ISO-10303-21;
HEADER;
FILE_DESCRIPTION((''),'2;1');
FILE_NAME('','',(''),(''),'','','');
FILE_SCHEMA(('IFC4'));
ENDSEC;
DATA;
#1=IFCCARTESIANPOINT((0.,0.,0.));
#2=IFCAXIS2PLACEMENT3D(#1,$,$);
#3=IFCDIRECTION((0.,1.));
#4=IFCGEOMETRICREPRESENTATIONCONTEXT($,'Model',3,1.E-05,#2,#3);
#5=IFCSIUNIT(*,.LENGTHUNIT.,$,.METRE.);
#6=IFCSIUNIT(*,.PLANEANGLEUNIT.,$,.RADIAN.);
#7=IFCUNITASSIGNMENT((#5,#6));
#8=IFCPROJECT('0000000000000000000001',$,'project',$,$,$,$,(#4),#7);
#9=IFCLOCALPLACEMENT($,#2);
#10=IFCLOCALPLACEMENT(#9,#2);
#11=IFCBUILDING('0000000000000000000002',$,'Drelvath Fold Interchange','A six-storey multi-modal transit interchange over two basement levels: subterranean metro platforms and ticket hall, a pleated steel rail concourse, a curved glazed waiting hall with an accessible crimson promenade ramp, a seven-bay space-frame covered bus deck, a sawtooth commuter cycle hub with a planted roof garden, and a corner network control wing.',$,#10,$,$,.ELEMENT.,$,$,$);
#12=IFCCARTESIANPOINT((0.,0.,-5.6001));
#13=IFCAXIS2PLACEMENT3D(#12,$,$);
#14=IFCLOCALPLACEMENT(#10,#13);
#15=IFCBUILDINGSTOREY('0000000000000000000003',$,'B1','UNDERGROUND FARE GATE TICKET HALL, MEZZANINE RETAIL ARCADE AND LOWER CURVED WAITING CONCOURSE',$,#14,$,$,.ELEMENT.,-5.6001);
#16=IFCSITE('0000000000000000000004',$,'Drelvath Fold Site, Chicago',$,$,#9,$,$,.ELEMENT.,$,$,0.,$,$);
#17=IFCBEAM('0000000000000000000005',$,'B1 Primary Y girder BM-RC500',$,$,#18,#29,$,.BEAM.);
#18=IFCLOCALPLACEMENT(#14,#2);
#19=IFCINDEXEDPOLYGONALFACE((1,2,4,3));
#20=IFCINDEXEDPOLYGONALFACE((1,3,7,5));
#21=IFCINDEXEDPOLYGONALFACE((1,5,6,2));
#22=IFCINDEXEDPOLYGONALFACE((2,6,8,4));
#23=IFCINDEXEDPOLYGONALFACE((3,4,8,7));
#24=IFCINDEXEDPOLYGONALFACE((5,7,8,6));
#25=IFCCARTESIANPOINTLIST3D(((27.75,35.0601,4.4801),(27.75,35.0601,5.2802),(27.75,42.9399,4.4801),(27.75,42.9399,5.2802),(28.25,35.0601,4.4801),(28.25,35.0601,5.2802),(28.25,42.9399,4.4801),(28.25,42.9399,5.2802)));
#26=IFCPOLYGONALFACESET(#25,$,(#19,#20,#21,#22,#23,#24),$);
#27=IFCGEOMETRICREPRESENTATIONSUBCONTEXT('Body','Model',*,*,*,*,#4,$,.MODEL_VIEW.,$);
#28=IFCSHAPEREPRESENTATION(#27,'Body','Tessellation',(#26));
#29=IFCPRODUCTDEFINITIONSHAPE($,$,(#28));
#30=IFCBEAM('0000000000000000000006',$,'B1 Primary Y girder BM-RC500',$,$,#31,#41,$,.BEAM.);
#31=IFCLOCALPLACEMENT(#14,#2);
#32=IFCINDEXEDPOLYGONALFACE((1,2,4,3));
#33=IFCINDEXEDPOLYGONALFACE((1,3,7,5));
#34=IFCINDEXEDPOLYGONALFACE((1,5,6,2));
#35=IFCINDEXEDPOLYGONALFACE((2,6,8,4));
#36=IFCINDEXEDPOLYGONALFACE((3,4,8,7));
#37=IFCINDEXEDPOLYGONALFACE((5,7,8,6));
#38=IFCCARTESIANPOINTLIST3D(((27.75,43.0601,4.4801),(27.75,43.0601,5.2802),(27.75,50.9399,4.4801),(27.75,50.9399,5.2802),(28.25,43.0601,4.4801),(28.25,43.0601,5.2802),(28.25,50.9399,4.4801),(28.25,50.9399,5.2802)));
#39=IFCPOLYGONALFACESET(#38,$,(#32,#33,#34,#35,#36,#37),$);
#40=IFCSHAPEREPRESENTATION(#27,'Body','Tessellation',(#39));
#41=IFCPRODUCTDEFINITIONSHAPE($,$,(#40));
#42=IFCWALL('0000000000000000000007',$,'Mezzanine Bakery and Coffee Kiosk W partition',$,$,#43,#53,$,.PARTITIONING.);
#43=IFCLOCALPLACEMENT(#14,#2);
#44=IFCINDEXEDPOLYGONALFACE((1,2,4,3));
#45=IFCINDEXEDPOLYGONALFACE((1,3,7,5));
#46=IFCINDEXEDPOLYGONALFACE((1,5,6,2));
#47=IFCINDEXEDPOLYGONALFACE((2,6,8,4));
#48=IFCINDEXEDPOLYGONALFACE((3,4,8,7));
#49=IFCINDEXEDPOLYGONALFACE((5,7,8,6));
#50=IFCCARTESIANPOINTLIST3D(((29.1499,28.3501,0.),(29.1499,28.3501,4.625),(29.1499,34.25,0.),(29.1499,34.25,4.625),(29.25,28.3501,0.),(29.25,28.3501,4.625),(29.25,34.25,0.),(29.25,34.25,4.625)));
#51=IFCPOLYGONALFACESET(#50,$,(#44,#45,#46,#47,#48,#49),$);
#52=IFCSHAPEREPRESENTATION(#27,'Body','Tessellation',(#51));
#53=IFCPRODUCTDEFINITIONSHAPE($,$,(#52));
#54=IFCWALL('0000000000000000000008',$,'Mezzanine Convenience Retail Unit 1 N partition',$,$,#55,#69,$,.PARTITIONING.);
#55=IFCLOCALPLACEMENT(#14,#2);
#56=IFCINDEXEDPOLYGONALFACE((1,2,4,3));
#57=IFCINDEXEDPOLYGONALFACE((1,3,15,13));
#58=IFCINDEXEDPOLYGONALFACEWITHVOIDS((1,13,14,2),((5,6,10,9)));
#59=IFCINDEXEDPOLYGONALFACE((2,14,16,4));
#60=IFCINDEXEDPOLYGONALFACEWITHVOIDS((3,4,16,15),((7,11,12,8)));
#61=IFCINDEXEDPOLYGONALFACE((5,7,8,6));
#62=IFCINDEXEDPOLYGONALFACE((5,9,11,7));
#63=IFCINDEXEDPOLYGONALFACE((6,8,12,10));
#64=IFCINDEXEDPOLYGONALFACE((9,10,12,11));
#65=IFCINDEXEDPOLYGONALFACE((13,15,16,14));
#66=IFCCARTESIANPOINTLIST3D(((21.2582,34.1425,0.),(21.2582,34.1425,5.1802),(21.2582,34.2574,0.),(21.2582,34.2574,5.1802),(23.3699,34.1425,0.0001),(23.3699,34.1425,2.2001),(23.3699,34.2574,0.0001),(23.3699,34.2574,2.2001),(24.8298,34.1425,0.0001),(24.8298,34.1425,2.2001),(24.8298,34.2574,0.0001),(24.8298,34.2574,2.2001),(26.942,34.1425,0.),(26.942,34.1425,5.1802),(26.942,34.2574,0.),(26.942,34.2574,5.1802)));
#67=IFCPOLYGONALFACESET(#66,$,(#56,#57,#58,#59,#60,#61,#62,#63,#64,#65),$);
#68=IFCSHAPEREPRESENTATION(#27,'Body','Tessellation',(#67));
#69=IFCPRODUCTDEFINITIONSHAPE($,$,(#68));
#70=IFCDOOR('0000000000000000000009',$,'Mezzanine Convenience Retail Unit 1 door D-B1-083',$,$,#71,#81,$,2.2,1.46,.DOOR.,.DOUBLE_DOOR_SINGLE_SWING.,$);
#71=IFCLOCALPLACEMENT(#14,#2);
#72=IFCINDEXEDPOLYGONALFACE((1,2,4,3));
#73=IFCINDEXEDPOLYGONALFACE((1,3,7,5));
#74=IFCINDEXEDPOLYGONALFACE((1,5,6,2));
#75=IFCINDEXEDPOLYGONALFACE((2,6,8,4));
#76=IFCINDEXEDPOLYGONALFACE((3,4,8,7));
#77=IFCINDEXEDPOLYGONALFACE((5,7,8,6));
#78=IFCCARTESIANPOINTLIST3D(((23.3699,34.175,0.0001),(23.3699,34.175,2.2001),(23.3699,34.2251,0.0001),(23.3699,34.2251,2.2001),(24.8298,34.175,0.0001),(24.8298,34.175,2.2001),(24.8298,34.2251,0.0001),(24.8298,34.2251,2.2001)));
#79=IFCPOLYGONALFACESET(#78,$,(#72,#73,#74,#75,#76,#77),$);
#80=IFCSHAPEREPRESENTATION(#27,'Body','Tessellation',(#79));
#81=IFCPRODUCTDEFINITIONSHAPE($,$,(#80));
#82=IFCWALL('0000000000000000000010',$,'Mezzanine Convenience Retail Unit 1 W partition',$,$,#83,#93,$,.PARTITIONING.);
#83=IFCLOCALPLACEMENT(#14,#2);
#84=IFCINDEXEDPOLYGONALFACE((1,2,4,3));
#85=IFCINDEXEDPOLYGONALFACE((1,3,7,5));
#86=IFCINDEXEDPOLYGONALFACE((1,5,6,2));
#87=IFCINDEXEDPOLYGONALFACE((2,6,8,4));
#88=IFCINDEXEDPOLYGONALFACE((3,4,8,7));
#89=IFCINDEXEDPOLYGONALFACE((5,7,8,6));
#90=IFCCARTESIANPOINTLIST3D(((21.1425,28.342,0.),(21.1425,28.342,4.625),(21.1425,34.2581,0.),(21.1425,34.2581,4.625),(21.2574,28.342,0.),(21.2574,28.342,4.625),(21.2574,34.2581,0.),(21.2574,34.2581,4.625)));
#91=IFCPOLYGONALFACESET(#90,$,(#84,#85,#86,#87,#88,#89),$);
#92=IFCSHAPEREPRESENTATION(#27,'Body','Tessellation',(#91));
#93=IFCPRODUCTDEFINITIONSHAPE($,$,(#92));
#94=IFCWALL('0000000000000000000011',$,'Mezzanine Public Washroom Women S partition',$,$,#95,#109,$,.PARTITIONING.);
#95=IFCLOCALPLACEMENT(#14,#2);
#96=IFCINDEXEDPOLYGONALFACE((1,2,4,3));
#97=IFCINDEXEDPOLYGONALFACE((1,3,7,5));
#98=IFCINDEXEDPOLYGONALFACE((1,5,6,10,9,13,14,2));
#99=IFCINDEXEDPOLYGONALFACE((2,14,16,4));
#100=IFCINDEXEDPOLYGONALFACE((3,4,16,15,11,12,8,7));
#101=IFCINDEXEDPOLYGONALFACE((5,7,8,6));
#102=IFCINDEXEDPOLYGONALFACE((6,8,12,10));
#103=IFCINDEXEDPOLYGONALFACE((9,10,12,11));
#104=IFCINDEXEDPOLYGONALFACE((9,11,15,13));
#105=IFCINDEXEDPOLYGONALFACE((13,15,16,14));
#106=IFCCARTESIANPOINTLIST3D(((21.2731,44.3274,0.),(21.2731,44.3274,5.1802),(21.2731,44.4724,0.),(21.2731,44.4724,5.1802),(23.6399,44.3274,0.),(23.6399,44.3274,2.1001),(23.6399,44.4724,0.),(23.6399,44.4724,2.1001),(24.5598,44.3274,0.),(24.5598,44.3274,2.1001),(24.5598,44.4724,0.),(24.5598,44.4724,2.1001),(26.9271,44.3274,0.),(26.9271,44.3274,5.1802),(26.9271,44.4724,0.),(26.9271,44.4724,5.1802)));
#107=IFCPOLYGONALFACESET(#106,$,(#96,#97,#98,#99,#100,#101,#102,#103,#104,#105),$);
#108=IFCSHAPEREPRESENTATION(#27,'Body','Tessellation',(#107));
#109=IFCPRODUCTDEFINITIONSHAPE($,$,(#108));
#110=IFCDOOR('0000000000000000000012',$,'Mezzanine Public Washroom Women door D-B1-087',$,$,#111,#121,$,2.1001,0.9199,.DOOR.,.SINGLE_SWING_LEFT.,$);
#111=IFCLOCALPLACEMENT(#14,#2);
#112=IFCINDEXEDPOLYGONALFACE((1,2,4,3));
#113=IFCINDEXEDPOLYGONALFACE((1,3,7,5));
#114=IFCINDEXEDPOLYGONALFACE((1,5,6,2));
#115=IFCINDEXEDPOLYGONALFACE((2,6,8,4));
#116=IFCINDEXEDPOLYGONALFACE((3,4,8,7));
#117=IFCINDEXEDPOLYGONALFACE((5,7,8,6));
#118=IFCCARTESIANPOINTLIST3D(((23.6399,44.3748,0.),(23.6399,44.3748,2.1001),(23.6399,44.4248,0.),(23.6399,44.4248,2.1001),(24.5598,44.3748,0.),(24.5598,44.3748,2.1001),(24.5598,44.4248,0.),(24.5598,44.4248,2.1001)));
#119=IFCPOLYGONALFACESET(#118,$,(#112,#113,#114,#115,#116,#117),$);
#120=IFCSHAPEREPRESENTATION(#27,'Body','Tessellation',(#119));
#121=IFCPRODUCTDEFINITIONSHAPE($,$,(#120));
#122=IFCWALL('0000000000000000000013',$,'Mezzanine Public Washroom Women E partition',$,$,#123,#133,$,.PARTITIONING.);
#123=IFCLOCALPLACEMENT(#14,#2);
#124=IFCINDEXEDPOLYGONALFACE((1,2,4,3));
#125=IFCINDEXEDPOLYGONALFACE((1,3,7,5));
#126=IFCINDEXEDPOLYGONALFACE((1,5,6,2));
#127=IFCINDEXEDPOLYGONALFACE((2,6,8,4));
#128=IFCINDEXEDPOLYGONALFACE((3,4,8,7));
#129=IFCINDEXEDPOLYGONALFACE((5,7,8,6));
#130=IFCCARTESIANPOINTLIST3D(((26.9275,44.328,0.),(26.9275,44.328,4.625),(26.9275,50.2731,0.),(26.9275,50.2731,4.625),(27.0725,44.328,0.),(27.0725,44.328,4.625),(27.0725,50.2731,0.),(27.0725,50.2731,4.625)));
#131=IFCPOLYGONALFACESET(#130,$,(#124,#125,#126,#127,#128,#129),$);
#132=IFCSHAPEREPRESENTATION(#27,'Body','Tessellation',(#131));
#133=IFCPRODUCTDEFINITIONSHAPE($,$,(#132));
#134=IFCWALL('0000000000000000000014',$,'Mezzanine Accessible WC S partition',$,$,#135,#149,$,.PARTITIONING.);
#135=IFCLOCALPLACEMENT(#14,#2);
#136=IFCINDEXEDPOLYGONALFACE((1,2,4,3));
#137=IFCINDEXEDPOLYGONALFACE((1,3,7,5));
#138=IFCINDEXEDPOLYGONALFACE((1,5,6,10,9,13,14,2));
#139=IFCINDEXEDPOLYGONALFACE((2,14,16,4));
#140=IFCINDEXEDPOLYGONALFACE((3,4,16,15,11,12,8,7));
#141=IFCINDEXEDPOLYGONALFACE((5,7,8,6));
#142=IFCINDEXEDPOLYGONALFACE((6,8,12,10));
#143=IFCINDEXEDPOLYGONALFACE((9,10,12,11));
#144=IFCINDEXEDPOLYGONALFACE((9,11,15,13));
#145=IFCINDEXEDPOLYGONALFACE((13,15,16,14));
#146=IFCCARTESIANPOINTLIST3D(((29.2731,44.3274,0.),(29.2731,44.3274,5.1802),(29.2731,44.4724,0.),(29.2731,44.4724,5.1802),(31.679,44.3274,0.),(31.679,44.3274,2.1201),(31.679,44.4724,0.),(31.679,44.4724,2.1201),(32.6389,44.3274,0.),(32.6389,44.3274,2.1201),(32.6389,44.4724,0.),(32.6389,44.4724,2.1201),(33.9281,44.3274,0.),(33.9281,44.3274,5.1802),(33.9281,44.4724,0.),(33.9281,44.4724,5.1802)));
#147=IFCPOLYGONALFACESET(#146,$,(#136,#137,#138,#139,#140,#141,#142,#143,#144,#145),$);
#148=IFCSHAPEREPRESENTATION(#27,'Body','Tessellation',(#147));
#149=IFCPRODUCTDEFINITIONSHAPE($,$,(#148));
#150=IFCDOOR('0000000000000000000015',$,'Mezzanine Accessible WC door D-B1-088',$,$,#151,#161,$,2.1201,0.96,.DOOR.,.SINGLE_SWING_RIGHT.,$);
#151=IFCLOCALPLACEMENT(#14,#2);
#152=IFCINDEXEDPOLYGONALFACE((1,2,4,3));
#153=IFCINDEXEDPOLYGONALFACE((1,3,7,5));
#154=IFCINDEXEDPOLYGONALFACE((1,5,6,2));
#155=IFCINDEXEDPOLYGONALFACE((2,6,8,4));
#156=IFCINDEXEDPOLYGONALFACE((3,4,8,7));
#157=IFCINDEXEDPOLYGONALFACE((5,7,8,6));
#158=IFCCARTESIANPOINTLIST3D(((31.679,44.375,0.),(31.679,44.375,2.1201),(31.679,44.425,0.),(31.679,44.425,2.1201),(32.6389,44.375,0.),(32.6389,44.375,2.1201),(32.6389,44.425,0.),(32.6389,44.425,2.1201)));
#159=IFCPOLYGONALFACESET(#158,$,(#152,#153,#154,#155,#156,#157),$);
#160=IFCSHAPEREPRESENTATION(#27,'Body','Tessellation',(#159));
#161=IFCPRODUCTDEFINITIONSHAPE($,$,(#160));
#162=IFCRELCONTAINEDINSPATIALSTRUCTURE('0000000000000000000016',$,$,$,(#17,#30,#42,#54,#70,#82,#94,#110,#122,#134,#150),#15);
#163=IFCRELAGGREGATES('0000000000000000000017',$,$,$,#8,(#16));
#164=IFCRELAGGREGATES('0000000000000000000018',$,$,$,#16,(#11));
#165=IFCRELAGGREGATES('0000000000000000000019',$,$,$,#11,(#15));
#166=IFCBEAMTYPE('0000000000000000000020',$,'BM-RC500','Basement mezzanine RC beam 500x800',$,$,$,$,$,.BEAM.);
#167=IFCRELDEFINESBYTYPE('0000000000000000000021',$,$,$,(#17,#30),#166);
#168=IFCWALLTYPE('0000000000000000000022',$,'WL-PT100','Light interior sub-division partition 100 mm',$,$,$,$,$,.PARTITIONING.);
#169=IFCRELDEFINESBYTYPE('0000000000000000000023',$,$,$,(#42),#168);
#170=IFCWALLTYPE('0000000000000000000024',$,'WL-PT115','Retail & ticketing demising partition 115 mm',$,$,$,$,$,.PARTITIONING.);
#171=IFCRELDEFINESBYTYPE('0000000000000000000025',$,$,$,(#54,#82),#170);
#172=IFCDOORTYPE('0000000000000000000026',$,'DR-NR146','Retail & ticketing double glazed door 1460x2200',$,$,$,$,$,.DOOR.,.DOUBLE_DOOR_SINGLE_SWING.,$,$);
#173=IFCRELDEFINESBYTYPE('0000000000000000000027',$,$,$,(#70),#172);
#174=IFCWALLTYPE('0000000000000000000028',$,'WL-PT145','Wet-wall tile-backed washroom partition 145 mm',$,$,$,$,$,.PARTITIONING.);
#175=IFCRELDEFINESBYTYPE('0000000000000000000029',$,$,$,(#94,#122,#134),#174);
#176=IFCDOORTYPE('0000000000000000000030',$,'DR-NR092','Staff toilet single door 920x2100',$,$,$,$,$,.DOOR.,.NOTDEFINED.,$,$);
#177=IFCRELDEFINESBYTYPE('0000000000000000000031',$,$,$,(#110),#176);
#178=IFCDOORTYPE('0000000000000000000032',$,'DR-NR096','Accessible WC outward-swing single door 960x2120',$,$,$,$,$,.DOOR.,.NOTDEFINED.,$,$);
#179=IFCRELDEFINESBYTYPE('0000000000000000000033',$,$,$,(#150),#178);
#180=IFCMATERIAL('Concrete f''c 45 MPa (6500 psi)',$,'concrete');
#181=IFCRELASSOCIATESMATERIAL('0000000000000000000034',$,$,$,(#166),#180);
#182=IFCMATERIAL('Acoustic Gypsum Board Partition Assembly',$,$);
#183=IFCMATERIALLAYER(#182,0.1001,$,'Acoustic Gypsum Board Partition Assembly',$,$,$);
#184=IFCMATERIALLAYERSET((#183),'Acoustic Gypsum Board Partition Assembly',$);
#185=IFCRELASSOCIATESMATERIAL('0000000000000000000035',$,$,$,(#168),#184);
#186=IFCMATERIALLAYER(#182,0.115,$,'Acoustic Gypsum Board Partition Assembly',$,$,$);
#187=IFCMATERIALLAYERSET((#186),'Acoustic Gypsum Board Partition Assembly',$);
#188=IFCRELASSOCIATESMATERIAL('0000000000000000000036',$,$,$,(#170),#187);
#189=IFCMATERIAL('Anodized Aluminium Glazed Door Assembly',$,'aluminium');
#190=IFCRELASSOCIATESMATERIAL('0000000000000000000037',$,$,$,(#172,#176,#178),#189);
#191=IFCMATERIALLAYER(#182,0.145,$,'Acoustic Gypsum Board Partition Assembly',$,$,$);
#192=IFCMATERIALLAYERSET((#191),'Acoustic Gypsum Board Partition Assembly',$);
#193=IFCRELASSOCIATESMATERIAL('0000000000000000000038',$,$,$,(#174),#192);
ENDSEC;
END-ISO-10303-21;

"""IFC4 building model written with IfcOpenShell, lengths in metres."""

from ifc_helpers import new_model, si_unit, direction, frame, frame_2d, origin, origin_2d, place, context, subcontext, project, spatial, rectangle, extrude, material, layer, layer_set, material_profile, profile_set, type_object, element, fill, save


model = new_model("IFC4")

# Units and contexts
model_context = context("Model", 3, precision=1e-05, world=origin(), true_north=direction((0.0, 1.0)))
body_context = subcontext(model_context, "Body", "Model", "MODEL_VIEW")
ifc_project = project(units=[si_unit("LENGTHUNIT", "METRE"), si_unit("PLANEANGLEUNIT", "RADIAN")], contexts=[model_context])

# Site, building, storey
site_placement = place(None, origin())
site = spatial("IfcSite", under=ifc_project, at=site_placement, Name="Drelvath Fold Site, Chicago", CompositionType="ELEMENT", RefElevation=0.0)
building_placement = place(site_placement, origin())
building = spatial("IfcBuilding", under=site, at=building_placement, Name="Drelvath Fold Interchange", Description="A six-storey multi-modal transit interchange over two basement levels: subterranean metro platforms and ticket hall, a pleated steel rail concourse, a curved glazed waiting hall with an accessible crimson promenade ramp, a seven-bay space-frame covered bus deck, a sawtooth commuter cycle hub with a planted roof garden, and a corner network control wing.", CompositionType="ELEMENT")
storey_placement = place(building_placement, frame((0.0, 0.0, -5.6001)))
storey = spatial("IfcBuildingStorey", under=building, at=storey_placement, Name="B1", Description="UNDERGROUND FARE GATE TICKET HALL, MEZZANINE RETAIL ARCADE AND LOWER CURVED WAITING CONCOURSE", CompositionType="ELEMENT", Elevation=-5.6001)

# Beams
ifc_material_1 = material(Name="Concrete f'c 45 MPa (6500 psi)", Category="concrete")
ifc_material_profile_1 = material_profile(ifc_material_1, rectangle(XDim=0.5, YDim=0.8, at=origin_2d()), Name="RC 500x800")
ifc_profile_set_1 = profile_set([ifc_material_profile_1], Name="Concrete f'c 45 MPa (6500 psi)")
beam_type_1 = type_object("IfcBeamType", Name="BM-RC500", Description="Basement mezzanine RC beam 500x800", PredefinedType="BEAM", material=ifc_profile_set_1)
for number, where, z_axis, x_axis, name in (
    (1, (28.0, 35.0601, 4.8801), (0.0, 1.0, 0.0), (-1.0, 0.0, 0.0), "B1 Primary Y girder BM-RC500"),
    (2, (28.0, 43.0601, 4.8801), (0.0, 1.0, 0.0), (-1.0, 0.0, 0.0), "B1 Primary Y girder BM-RC500"),
):
    element("IfcBeam", number, at=place(storey_placement, frame(where, z_axis=z_axis, x_axis=x_axis)), inside=storey, type_object=beam_type_1, Name=name, PredefinedType="BEAM", context=body_context, shape_type="SweptSolid", body=[
        extrude(rectangle(XDim=0.5, YDim=0.8, at=origin_2d()), origin(), (0.0, 0.0, 1.0), 7.8799),
    ])

# Wall
ifc_material_2 = material(Name="Acoustic Gypsum Board Partition Assembly")
ifc_layer_1 = layer(ifc_material_2, 0.1001, Name="Acoustic Gypsum Board Partition Assembly")
ifc_layer_set_1 = layer_set([ifc_layer_1], Name="Acoustic Gypsum Board Partition Assembly")
wall_type_1 = type_object("IfcWallType", Name="WL-PT100", Description="Light interior sub-division partition 100 mm", PredefinedType="PARTITIONING", material=ifc_layer_set_1)
wall_1_placement = place(storey_placement, frame((29.2, 34.25, 0.0), z_axis=(0.0, 0.0, 1.0), x_axis=(0.0, -1.0, 0.0)))
element("IfcWall", 3, at=wall_1_placement, inside=storey, type_object=wall_type_1, Name="Mezzanine Bakery and Coffee Kiosk W partition", PredefinedType="PARTITIONING", context=body_context, shape_type="SweptSolid", body=[
    extrude(rectangle(XDim=5.8999, YDim=0.1001, at=frame_2d((2.95, 0.0))), origin(), (0.0, 0.0, 1.0), 4.625),
])

# Wall, opening, door
ifc_layer_2 = layer(ifc_material_2, 0.115, Name="Acoustic Gypsum Board Partition Assembly")
ifc_layer_set_2 = layer_set([ifc_layer_2], Name="Acoustic Gypsum Board Partition Assembly")
wall_type_2 = type_object("IfcWallType", Name="WL-PT115", Description="Retail & ticketing demising partition 115 mm", PredefinedType="PARTITIONING", material=ifc_layer_set_2)
wall_2_placement = place(storey_placement, frame((26.9419, 34.2, 0.0), z_axis=(0.0, 0.0, 1.0), x_axis=(-1.0, 0.0, 0.0)))
wall_2 = element("IfcWall", 4, at=wall_2_placement, inside=storey, type_object=wall_type_2, Name="Mezzanine Convenience Retail Unit 1 N partition", PredefinedType="PARTITIONING", context=body_context, shape_type="SweptSolid", body=[
    extrude(rectangle(XDim=5.6838, YDim=0.115, at=frame_2d((2.8418, 0.0))), origin(), (0.0, 0.0, 1.0), 5.1802),
])
opening_1_placement = place(wall_2_placement, frame((2.1121, 0.0, 0.0)))
opening_1 = element("IfcOpeningElement", 5, at=opening_1_placement, cuts=wall_2, PredefinedType="OPENING", context=body_context, shape_type="SweptSolid", body=[
    extrude(rectangle(XDim=1.46, YDim=2.2, at=frame_2d((0.73, 1.1001))), frame((0.0, 0.0674, 0.0), z_axis=(0.0, -1.0, 0.0), x_axis=(1.0, 0.0, 0.0)), (0.0, 0.0, 1.0), 0.135),
])
ifc_material_3 = material(Name="Anodized Aluminium Glazed Door Assembly", Category="aluminium")
door_type_1 = type_object("IfcDoorType", Name="DR-NR146", Description="Retail & ticketing double glazed door 1460x2200", OperationType="DOUBLE_DOOR_SINGLE_SWING", PredefinedType="DOOR", material=ifc_material_3)
door_1_placement = place(opening_1_placement, origin())
door_1 = element("IfcDoor", 6, at=door_1_placement, inside=storey, type_object=door_type_1, Name="Mezzanine Convenience Retail Unit 1 door D-B1-083", OperationType="DOUBLE_DOOR_SINGLE_SWING", OverallHeight=2.2, OverallWidth=1.46, PredefinedType="DOOR", context=body_context, shape_type="SweptSolid", body=[
    extrude(rectangle(XDim=1.46, YDim=2.2, at=frame_2d((0.73, 1.1001))), frame((0.0, 0.0249, 0.0), z_axis=(0.0, -1.0, 0.0), x_axis=(1.0, 0.0, 0.0)), (0.0, 0.0, 1.0), 0.05),
])
fill(opening_1, door_1)

# Wall
wall_3_placement = place(storey_placement, frame((21.2, 34.2581, 0.0), z_axis=(0.0, 0.0, 1.0), x_axis=(0.0, -1.0, 0.0)))
element("IfcWall", 7, at=wall_3_placement, inside=storey, type_object=wall_type_2, Name="Mezzanine Convenience Retail Unit 1 W partition", PredefinedType="PARTITIONING", context=body_context, shape_type="SweptSolid", body=[
    extrude(rectangle(XDim=5.916, YDim=0.115, at=frame_2d((2.958, 0.0))), origin(), (0.0, 0.0, 1.0), 4.625),
])

# Wall, opening, door
ifc_layer_3 = layer(ifc_material_2, 0.145, Name="Acoustic Gypsum Board Partition Assembly")
ifc_layer_set_3 = layer_set([ifc_layer_3], Name="Acoustic Gypsum Board Partition Assembly")
wall_type_3 = type_object("IfcWallType", Name="WL-PT145", Description="Wet-wall tile-backed washroom partition 145 mm", PredefinedType="PARTITIONING", material=ifc_layer_set_3)
wall_4_placement = place(storey_placement, frame((21.2729, 44.3999, 0.0), z_axis=(0.0, 0.0, 1.0), x_axis=(1.0, 0.0, 0.0)))
wall_4 = element("IfcWall", 8, at=wall_4_placement, inside=storey, type_object=wall_type_3, Name="Mezzanine Public Washroom Women S partition", PredefinedType="PARTITIONING", context=body_context, shape_type="SweptSolid", body=[
    extrude(rectangle(XDim=5.6541, YDim=0.145, at=frame_2d((2.8271, 0.0))), origin(), (0.0, 0.0, 1.0), 5.1802),
])
opening_2_placement = place(wall_4_placement, frame((2.3669, 0.0, 0.0)))
opening_2 = element("IfcOpeningElement", 9, at=opening_2_placement, cuts=wall_4, PredefinedType="OPENING", context=body_context, shape_type="SweptSolid", body=[
    extrude(rectangle(XDim=0.9199, YDim=2.1001, at=frame_2d((0.46, 1.05))), frame((0.0, 0.0825, 0.0), z_axis=(0.0, -1.0, 0.0), x_axis=(1.0, 0.0, 0.0)), (0.0, 0.0, 1.0), 0.165),
])
door_type_2 = type_object("IfcDoorType", Name="DR-NR092", Description="Staff toilet single door 920x2100", OperationType="NOTDEFINED", PredefinedType="DOOR", material=ifc_material_3)
door_2_placement = place(opening_2_placement, origin())
door_2 = element("IfcDoor", 10, at=door_2_placement, inside=storey, type_object=door_type_2, Name="Mezzanine Public Washroom Women door D-B1-087", OperationType="SINGLE_SWING_LEFT", OverallHeight=2.1001, OverallWidth=0.9199, PredefinedType="DOOR", context=body_context, shape_type="SweptSolid", body=[
    extrude(rectangle(XDim=0.9199, YDim=2.1001, at=frame_2d((0.46, 1.05))), frame((0.0, 0.0249, 0.0), z_axis=(0.0, -1.0, 0.0), x_axis=(1.0, 0.0, 0.0)), (0.0, 0.0, 1.0), 0.05),
])
fill(opening_2, door_2)

# Wall
wall_5_placement = place(storey_placement, frame((27.0, 44.3279, 0.0), z_axis=(0.0, 0.0, 1.0), x_axis=(0.0, 1.0, 0.0)))
element("IfcWall", 11, at=wall_5_placement, inside=storey, type_object=wall_type_3, Name="Mezzanine Public Washroom Women E partition", PredefinedType="PARTITIONING", context=body_context, shape_type="SweptSolid", body=[
    extrude(rectangle(XDim=5.9451, YDim=0.145, at=frame_2d((2.9727, 0.0))), origin(), (0.0, 0.0, 1.0), 4.625),
])

# Wall, opening, door
wall_6_placement = place(storey_placement, frame((29.2729, 44.3999, 0.0), z_axis=(0.0, 0.0, 1.0), x_axis=(1.0, 0.0, 0.0)))
wall_6 = element("IfcWall", 12, at=wall_6_placement, inside=storey, type_object=wall_type_3, Name="Mezzanine Accessible WC S partition", PredefinedType="PARTITIONING", context=body_context, shape_type="SweptSolid", body=[
    extrude(rectangle(XDim=4.655, YDim=0.145, at=frame_2d((2.3276, 0.0))), origin(), (0.0, 0.0, 1.0), 5.1802),
])
opening_3_placement = place(wall_6_placement, frame((2.406, 0.0, 0.0)))
opening_3 = element("IfcOpeningElement", 13, at=opening_3_placement, cuts=wall_6, PredefinedType="OPENING", context=body_context, shape_type="SweptSolid", body=[
    extrude(rectangle(XDim=0.96, YDim=2.1201, at=frame_2d((0.48, 1.0601))), frame((0.0, 0.0825, 0.0), z_axis=(0.0, -1.0, 0.0), x_axis=(1.0, 0.0, 0.0)), (0.0, 0.0, 1.0), 0.165),
])
door_type_3 = type_object("IfcDoorType", Name="DR-NR096", Description="Accessible WC outward-swing single door 960x2120", OperationType="NOTDEFINED", PredefinedType="DOOR", material=ifc_material_3)
door_3_placement = place(opening_3_placement, frame((0.96, 0.0, 0.0), z_axis=(0.0, 0.0, 1.0), x_axis=(-1.0, 0.0, 0.0)))
door_3 = element("IfcDoor", 14, at=door_3_placement, inside=storey, type_object=door_type_3, Name="Mezzanine Accessible WC door D-B1-088", OperationType="SINGLE_SWING_RIGHT", OverallHeight=2.1201, OverallWidth=0.96, PredefinedType="DOOR", context=body_context, shape_type="SweptSolid", body=[
    extrude(rectangle(XDim=0.96, YDim=2.1201, at=frame_2d((0.48, 1.0601))), frame((0.0, 0.0249, 0.0), z_axis=(0.0, -1.0, 0.0), x_axis=(1.0, 0.0, 0.0)), (0.0, 0.0, 1.0), 0.05),
])
fill(opening_3, door_3)

save(model, "model.ifc")
